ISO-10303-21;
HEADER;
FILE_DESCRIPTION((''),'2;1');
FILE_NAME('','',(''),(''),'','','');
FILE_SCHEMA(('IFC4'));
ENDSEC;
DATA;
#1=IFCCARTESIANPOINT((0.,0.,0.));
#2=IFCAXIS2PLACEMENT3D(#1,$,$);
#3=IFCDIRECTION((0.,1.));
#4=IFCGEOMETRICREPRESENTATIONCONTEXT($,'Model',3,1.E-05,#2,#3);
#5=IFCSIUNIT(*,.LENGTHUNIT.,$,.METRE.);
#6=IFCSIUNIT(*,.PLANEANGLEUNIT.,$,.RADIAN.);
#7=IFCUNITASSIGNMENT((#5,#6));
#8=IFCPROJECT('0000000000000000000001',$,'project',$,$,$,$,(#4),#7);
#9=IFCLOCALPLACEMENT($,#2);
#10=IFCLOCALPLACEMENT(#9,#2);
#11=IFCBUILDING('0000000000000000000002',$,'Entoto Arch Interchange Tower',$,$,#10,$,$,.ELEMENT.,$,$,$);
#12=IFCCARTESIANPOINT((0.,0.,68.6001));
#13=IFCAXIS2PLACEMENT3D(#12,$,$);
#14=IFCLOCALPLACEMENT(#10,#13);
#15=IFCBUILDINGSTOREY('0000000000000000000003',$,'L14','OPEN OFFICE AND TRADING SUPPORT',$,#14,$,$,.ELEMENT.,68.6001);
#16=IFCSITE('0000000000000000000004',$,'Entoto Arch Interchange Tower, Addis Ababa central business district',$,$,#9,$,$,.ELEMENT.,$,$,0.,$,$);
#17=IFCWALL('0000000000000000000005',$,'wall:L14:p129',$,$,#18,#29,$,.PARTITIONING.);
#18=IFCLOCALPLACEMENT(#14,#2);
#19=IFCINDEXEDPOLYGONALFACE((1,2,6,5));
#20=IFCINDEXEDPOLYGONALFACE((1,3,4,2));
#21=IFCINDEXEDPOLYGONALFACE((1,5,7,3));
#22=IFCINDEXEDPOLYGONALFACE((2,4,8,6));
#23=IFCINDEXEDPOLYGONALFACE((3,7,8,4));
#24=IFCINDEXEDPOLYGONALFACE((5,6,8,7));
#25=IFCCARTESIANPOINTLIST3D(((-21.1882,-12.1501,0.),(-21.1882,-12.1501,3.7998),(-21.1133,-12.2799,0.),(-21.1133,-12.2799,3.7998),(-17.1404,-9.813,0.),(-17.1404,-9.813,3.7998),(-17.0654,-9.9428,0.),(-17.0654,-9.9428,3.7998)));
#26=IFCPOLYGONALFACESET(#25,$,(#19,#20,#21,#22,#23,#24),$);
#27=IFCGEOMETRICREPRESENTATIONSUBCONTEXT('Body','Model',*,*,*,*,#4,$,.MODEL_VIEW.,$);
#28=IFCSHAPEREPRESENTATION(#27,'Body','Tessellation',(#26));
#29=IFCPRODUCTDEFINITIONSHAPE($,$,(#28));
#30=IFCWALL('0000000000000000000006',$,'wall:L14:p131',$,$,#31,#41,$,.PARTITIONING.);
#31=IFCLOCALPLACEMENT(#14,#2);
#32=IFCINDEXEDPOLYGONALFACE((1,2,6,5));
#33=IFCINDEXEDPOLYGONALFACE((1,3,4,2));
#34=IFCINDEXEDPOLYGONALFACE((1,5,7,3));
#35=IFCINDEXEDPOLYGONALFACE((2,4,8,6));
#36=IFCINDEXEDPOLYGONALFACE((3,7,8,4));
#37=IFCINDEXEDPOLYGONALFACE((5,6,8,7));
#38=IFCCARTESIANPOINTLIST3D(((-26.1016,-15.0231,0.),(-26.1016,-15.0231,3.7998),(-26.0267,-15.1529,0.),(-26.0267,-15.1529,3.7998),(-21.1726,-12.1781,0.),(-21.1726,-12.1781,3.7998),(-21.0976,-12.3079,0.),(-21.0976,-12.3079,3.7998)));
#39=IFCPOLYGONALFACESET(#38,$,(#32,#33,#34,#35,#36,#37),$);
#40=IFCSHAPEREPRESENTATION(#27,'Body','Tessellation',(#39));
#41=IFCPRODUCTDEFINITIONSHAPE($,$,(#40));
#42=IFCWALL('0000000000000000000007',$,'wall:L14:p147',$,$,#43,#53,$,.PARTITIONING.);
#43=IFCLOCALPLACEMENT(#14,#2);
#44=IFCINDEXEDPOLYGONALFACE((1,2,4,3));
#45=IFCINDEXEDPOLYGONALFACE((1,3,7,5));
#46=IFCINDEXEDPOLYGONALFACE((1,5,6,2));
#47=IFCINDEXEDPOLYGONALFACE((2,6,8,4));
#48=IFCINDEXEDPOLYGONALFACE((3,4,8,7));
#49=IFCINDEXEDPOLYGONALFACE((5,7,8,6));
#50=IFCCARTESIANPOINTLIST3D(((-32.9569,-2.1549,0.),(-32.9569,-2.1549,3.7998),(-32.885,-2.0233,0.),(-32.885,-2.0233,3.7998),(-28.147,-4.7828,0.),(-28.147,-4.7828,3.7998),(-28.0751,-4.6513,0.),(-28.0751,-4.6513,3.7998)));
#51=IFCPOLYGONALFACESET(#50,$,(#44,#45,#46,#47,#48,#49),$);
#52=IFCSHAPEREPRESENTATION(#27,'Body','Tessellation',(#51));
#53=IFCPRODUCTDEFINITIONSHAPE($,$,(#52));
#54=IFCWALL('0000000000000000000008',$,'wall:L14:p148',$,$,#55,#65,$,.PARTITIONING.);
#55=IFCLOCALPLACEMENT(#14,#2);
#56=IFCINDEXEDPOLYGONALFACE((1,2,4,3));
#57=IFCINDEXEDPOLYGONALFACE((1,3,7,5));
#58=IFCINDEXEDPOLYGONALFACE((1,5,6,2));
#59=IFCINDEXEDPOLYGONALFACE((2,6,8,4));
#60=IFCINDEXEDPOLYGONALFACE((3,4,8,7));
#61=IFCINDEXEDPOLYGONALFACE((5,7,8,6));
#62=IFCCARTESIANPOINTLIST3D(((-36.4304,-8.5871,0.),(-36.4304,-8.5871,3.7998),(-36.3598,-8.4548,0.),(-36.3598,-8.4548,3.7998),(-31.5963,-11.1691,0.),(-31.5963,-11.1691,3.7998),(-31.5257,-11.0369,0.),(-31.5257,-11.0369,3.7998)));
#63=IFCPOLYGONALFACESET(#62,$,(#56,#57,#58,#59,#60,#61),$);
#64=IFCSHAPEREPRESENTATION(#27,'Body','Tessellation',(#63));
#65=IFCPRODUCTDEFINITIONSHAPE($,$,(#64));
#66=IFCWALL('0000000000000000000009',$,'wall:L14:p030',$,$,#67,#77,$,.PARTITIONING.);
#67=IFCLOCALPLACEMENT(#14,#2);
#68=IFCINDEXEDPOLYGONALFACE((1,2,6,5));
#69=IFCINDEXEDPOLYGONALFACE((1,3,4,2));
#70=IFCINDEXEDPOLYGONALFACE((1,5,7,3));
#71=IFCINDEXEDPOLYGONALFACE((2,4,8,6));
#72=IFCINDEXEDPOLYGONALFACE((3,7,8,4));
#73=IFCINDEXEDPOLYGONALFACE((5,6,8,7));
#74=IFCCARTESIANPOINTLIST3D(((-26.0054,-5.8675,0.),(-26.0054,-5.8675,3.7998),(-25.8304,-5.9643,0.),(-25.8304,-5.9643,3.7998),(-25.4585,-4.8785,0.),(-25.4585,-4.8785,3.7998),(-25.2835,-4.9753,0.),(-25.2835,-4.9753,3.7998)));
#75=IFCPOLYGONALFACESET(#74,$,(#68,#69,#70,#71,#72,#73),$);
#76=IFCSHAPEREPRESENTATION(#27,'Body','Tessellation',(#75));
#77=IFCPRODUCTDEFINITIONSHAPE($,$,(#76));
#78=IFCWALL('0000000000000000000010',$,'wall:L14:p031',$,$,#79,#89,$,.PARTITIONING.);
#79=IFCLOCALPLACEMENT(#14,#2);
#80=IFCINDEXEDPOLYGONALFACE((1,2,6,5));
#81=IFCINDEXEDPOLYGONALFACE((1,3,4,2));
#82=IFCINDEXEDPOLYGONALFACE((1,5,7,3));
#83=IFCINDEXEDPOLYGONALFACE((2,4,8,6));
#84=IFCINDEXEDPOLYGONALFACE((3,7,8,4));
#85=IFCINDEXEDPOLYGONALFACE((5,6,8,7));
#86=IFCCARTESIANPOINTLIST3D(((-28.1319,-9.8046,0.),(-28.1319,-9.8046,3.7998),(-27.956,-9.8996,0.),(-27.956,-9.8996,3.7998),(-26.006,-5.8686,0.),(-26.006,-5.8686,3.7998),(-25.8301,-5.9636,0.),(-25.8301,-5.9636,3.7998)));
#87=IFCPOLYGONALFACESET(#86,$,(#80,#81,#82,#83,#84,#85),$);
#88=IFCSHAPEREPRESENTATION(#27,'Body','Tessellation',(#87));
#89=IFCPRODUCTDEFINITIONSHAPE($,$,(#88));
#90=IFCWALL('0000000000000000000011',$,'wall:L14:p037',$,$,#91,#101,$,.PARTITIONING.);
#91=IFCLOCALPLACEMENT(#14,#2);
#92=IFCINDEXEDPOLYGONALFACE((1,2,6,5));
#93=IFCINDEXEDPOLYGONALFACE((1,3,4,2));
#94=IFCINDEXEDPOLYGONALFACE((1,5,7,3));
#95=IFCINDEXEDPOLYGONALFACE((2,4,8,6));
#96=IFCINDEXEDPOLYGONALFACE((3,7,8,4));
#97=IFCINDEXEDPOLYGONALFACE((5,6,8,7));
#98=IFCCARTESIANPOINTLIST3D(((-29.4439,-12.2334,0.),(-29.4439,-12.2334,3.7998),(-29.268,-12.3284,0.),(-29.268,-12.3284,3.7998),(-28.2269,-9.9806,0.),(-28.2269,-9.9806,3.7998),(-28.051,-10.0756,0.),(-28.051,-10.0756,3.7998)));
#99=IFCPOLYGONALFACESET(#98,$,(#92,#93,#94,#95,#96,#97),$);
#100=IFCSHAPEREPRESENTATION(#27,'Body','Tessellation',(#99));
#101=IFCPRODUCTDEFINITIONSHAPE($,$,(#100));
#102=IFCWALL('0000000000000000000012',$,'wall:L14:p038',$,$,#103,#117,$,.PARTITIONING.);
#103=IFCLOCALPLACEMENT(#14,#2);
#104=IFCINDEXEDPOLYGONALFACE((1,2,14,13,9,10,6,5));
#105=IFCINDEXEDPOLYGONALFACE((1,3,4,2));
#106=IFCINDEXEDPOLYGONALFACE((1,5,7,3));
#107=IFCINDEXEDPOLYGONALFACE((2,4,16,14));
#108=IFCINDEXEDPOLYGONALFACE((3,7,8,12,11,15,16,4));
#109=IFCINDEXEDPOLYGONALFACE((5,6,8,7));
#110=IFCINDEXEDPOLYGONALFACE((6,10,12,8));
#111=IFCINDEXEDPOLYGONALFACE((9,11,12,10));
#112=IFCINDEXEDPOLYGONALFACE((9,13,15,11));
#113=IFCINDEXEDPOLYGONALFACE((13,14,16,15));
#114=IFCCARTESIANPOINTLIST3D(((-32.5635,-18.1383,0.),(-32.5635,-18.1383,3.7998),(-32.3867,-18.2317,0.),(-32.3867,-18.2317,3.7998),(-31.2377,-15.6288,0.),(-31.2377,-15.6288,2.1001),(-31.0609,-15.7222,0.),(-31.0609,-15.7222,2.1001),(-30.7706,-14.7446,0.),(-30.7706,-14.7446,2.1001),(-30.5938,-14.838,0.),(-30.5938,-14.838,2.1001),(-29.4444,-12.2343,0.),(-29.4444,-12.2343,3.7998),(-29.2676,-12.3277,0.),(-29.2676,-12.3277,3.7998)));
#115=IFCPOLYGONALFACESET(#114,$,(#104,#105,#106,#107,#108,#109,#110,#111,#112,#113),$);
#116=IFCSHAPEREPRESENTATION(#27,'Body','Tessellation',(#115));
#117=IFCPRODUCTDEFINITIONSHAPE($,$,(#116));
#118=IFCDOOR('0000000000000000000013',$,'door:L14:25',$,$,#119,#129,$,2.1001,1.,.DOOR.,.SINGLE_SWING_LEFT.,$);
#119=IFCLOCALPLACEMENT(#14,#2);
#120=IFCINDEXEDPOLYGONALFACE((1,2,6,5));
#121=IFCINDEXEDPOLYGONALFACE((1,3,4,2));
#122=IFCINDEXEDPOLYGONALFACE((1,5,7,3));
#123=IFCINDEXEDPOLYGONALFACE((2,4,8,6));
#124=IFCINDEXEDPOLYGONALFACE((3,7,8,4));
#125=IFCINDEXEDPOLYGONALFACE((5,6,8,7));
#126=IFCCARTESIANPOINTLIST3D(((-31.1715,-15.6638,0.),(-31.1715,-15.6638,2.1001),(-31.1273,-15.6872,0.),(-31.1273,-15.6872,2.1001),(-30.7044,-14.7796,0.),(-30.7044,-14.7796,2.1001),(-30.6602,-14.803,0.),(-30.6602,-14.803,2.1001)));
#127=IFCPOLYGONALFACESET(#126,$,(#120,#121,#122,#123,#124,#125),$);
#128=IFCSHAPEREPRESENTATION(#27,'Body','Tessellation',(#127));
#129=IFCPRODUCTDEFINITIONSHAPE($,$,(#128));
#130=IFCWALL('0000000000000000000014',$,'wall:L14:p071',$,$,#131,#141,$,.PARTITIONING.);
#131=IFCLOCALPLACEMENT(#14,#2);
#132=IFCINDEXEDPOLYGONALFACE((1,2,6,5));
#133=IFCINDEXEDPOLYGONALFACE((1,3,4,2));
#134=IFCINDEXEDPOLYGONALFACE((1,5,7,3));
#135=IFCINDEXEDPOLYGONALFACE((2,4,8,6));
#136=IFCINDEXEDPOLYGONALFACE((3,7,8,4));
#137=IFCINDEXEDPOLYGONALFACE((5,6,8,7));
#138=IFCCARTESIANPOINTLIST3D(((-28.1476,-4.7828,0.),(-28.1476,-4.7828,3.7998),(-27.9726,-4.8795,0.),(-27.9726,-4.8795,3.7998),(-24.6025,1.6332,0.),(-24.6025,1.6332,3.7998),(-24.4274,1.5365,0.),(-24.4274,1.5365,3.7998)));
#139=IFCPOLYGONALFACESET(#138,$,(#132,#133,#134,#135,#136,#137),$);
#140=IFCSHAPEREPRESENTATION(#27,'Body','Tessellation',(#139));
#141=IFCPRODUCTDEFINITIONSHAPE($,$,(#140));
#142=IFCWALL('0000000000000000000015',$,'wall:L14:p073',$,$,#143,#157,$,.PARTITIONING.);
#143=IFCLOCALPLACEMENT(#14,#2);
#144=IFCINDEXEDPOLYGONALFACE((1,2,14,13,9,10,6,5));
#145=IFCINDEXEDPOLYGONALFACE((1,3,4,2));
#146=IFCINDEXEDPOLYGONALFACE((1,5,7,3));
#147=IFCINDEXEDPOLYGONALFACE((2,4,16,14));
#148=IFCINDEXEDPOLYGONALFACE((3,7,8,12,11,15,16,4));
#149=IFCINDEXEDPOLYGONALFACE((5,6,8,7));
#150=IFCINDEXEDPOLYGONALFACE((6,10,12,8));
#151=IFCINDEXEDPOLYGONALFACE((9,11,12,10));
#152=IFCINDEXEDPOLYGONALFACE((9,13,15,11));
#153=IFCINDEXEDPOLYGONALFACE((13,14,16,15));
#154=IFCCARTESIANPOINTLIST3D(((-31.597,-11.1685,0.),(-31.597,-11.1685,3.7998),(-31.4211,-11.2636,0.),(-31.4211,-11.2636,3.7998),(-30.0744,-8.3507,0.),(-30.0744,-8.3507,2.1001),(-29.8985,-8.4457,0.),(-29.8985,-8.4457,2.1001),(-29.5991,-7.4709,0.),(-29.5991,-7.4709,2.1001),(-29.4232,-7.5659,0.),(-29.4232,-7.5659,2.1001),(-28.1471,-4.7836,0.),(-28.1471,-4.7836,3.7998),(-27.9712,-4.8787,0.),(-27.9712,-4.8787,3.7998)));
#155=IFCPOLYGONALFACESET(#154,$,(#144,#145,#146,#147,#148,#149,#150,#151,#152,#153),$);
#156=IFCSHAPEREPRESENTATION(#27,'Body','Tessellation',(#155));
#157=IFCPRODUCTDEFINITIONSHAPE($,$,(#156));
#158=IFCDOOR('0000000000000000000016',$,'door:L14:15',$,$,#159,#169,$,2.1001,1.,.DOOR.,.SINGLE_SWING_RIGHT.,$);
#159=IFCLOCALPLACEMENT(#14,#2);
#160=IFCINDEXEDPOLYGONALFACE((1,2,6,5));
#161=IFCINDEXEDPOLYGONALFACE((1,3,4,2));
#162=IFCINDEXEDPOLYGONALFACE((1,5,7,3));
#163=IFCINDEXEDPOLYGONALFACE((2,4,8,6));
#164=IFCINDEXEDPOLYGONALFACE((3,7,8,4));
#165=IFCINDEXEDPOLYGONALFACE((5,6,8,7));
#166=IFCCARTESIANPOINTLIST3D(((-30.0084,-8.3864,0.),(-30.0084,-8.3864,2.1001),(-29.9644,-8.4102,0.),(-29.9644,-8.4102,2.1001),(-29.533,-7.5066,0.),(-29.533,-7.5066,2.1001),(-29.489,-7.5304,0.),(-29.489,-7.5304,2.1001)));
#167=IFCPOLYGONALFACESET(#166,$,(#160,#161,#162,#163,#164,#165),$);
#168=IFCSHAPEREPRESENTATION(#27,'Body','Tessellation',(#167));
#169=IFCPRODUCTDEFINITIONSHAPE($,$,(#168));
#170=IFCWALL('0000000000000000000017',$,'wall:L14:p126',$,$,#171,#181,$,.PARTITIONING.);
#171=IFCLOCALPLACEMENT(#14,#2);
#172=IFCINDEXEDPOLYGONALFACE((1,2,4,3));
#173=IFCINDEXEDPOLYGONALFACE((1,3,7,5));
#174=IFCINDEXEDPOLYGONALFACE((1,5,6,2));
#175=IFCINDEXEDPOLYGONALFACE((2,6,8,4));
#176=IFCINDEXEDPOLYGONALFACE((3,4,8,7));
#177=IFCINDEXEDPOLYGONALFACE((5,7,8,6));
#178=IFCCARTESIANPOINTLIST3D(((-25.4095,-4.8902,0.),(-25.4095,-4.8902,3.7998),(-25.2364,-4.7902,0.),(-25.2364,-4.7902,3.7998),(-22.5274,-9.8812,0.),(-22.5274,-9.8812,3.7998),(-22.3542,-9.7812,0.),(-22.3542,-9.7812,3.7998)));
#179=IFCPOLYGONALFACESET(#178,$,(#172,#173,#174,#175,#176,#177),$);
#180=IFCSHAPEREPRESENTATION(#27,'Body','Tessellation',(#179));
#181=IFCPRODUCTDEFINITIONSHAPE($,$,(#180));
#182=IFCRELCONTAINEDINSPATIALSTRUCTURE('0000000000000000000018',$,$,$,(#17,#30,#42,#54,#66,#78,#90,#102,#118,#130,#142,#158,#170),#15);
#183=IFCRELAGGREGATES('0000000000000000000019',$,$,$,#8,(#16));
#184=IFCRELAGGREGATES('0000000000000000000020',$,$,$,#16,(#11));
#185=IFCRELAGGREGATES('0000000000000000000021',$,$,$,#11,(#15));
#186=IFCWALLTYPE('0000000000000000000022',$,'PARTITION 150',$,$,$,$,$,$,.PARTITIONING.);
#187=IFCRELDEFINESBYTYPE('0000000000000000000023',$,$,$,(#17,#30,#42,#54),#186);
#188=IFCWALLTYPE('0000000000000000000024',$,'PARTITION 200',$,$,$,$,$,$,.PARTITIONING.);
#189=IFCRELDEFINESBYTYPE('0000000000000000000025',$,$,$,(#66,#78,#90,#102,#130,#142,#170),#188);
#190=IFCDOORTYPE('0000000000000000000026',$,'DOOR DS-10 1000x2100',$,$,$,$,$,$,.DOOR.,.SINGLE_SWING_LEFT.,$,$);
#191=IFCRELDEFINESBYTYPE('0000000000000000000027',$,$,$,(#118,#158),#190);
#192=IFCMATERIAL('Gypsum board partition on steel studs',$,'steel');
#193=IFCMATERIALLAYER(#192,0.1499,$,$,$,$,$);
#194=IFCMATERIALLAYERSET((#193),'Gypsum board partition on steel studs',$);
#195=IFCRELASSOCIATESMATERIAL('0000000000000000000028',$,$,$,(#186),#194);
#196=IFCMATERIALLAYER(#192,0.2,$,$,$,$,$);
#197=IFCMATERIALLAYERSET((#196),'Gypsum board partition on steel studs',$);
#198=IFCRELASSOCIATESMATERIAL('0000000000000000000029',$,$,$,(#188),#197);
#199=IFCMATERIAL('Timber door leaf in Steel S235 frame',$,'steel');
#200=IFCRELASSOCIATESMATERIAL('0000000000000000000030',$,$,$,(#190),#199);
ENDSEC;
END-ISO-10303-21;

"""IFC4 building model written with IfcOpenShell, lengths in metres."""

from ifc_helpers import new_model, si_unit, direction, frame, frame_2d, origin, place, context, subcontext, project, spatial, rectangle, extrude, material, layer, layer_set, type_object, element, fill, save


model = new_model("IFC4")

# Units and contexts
model_context = context("Model", 3, precision=1e-05, world=origin(), true_north=direction((0.0, 1.0)))
body_context = subcontext(model_context, "Body", "Model", "MODEL_VIEW")
ifc_project = project(units=[si_unit("LENGTHUNIT", "METRE"), si_unit("PLANEANGLEUNIT", "RADIAN")], contexts=[model_context])

# Site, building, storey
site_placement = place(None, origin())
site = spatial("IfcSite", under=ifc_project, at=site_placement, Name="Entoto Arch Interchange Tower, Addis Ababa central business district", CompositionType="ELEMENT", RefElevation=0.0)
building_placement = place(site_placement, origin())
building = spatial("IfcBuilding", under=site, at=building_placement, Name="Entoto Arch Interchange Tower", CompositionType="ELEMENT")
storey_placement = place(building_placement, frame((0.0, 0.0, 68.6001)))
storey = spatial("IfcBuildingStorey", under=building, at=storey_placement, Name="L14", Description="OPEN OFFICE AND TRADING SUPPORT", CompositionType="ELEMENT", Elevation=68.6001)

# Walls
ifc_material_1 = material(Name="Gypsum board partition on steel studs", Category="steel")
ifc_layer_1 = layer(ifc_material_1, 0.1499)
ifc_layer_set_1 = layer_set([ifc_layer_1], Name="Gypsum board partition on steel studs")
wall_type_1 = type_object("IfcWallType", Name="PARTITION 150", PredefinedType="PARTITIONING", material=ifc_layer_set_1)
wall_1_placement = place(storey_placement, frame((-17.103, -9.8779, 0.0), z_axis=(0.0, 0.0, 1.0), x_axis=(-0.866013, -0.500021, 0.0)))
element("IfcWall", 1, at=wall_1_placement, inside=storey, type_object=wall_type_1, Name="wall:L14:p129", PredefinedType="PARTITIONING", context=body_context, shape_type="SweptSolid", body=[
    extrude(rectangle(XDim=4.6741, YDim=0.1499, at=frame_2d((2.3369, 0.0))), origin(), (0.0, 0.0, 1.0), 3.7998),
])
wall_2_placement = place(storey_placement, frame((-21.135, -12.2429, 0.0), z_axis=(0.0, 0.0, 1.0), x_axis=(-0.866083, -0.499899, 0.0)))
element("IfcWall", 2, at=wall_2_placement, inside=storey, type_object=wall_type_1, Name="wall:L14:p131", PredefinedType="PARTITIONING", context=body_context, shape_type="SweptSolid", body=[
    extrude(rectangle(XDim=5.6912, YDim=0.1499, at=frame_2d((2.8457, 0.0))), origin(), (0.0, 0.0, 1.0), 3.7998),
])
wall_3_placement = place(storey_placement, frame((-28.1111, -4.717, 0.0), z_axis=(0.0, 0.0, 1.0), x_axis=(-0.877558, 0.47947, 0.0)))
element("IfcWall", 3, at=wall_3_placement, inside=storey, type_object=wall_type_1, Name="wall:L14:p147", PredefinedType="PARTITIONING", context=body_context, shape_type="SweptSolid", body=[
    extrude(rectangle(XDim=5.481, YDim=0.1499, at=frame_2d((2.7405, 0.0))), origin(), (0.0, 0.0, 1.0), 3.7998),
])
wall_4_placement = place(storey_placement, frame((-31.561, -11.103, 0.0), z_axis=(0.0, 0.0, 1.0), x_axis=(-0.882057, 0.471143, 0.0)))
element("IfcWall", 4, at=wall_4_placement, inside=storey, type_object=wall_type_1, Name="wall:L14:p148", PredefinedType="PARTITIONING", context=body_context, shape_type="SweptSolid", body=[
    extrude(rectangle(XDim=5.4805, YDim=0.1499, at=frame_2d((2.7402, 0.0))), origin(), (0.0, 0.0, 1.0), 3.7998),
])
ifc_layer_2 = layer(ifc_material_1, 0.2)
ifc_layer_set_2 = layer_set([ifc_layer_2], Name="Gypsum board partition on steel studs")
wall_type_2 = type_object("IfcWallType", Name="PARTITION 200", PredefinedType="PARTITIONING", material=ifc_layer_set_2)
wall_5_placement = place(storey_placement, frame((-25.3711, -4.927, 0.0), z_axis=(0.0, 0.0, 1.0), x_axis=(-0.483899, -0.875124, 0.0)))
element("IfcWall", 5, at=wall_5_placement, inside=storey, type_object=wall_type_2, Name="wall:L14:p030", PredefinedType="PARTITIONING", context=body_context, shape_type="SweptSolid", body=[
    extrude(rectangle(XDim=1.1301, YDim=0.2, at=frame_2d((0.5649, 0.0))), origin(), (0.0, 0.0, 1.0), 3.7998),
])
wall_6_placement = place(storey_placement, frame((-25.918, -5.916, 0.0), z_axis=(0.0, 0.0, 1.0), x_axis=(-0.475238, -0.879857, 0.0)))
element("IfcWall", 6, at=wall_6_placement, inside=storey, type_object=wall_type_2, Name="wall:L14:p031", PredefinedType="PARTITIONING", context=body_context, shape_type="SweptSolid", body=[
    extrude(rectangle(XDim=4.4734, YDim=0.2, at=frame_2d((2.2368, 0.0))), origin(), (0.0, 0.0, 1.0), 3.7998),
])
wall_7_placement = place(storey_placement, frame((-28.1389, -10.0281, 0.0), z_axis=(0.0, 0.0, 1.0), x_axis=(-0.475288, -0.87983, 0.0)))
element("IfcWall", 7, at=wall_7_placement, inside=storey, type_object=wall_type_2, Name="wall:L14:p037", PredefinedType="PARTITIONING", context=body_context, shape_type="SweptSolid", body=[
    extrude(rectangle(XDim=2.5605, YDim=0.2, at=frame_2d((1.2803, 0.0))), origin(), (0.0, 0.0, 1.0), 3.7998),
])

# Wall, opening, door
wall_8_placement = place(storey_placement, frame((-29.356, -12.281, 0.0), z_axis=(0.0, 0.0, 1.0), x_axis=(-0.467123, -0.884192, 0.0)))
wall_8 = element("IfcWall", 8, at=wall_8_placement, inside=storey, type_object=wall_type_2, Name="wall:L14:p038", PredefinedType="PARTITIONING", context=body_context, shape_type="SweptSolid", body=[
    extrude(rectangle(XDim=6.6772, YDim=0.2, at=frame_2d((3.3386, 0.0))), origin(), (0.0, 0.0, 1.0), 3.7998),
])
opening_1_placement = place(wall_8_placement, frame((2.8391, 0.0, 0.0)))
opening_1 = element("IfcOpeningElement", 9, at=opening_1_placement, cuts=wall_8, PredefinedType="OPENING", context=body_context, shape_type="SweptSolid", body=[
    extrude(rectangle(XDim=1.0, YDim=2.1001, at=frame_2d((0.5, 1.05))), frame((0.0, 0.1099, 0.0), z_axis=(0.0, -1.0, 0.0), x_axis=(1.0, 0.0, 0.0)), (0.0, 0.0, 1.0), 0.22),
])
ifc_material_2 = material(Name="Timber door leaf in Steel S235 frame", Category="steel")
door_type = type_object("IfcDoorType", Name="DOOR DS-10 1000x2100", OperationType="SINGLE_SWING_LEFT", PredefinedType="DOOR", material=ifc_material_2)
door_1_placement = place(opening_1_placement, origin())
door_1 = element("IfcDoor", 10, at=door_1_placement, inside=storey, type_object=door_type, Name="door:L14:25", OperationType="SINGLE_SWING_LEFT", OverallHeight=2.1001, OverallWidth=1.0, PredefinedType="DOOR", context=body_context, shape_type="SweptSolid", body=[
    extrude(rectangle(XDim=1.0, YDim=2.1001, at=frame_2d((0.5, 1.05))), frame((0.0, 0.0249, 0.0), z_axis=(0.0, -1.0, 0.0), x_axis=(1.0, 0.0, 0.0)), (0.0, 0.0, 1.0), 0.05),
])
fill(opening_1, door_1)

# Wall
wall_9_placement = place(storey_placement, frame((-28.0601, -4.8311, 0.0), z_axis=(0.0, 0.0, 1.0), x_axis=(0.483631, 0.875272, 0.0)))
element("IfcWall", 11, at=wall_9_placement, inside=storey, type_object=wall_type_2, Name="wall:L14:p071", PredefinedType="PARTITIONING", context=body_context, shape_type="SweptSolid", body=[
    extrude(rectangle(XDim=7.3303, YDim=0.2, at=frame_2d((3.665, 0.0))), origin(), (0.0, 0.0, 1.0), 3.7998),
])

# Wall, opening, door
wall_10_placement = place(storey_placement, frame((-31.509, -11.2161, 0.0), z_axis=(0.0, 0.0, 1.0), x_axis=(0.475367, 0.879788, 0.0)))
wall_10 = element("IfcWall", 12, at=wall_10_placement, inside=storey, type_object=wall_type_2, Name="wall:L14:p073", PredefinedType="PARTITIONING", context=body_context, shape_type="SweptSolid", body=[
    extrude(rectangle(XDim=7.2573, YDim=0.2, at=frame_2d((3.6287, 0.0))), origin(), (0.0, 0.0, 1.0), 3.7998),
])
opening_2_placement = place(wall_10_placement, frame((3.2029, 0.0, 0.0)))
opening_2 = element("IfcOpeningElement", 13, at=opening_2_placement, cuts=wall_10, PredefinedType="OPENING", context=body_context, shape_type="SweptSolid", body=[
    extrude(rectangle(XDim=1.0, YDim=2.1001, at=frame_2d((0.5, 1.05))), frame((0.0, 0.1099, 0.0), z_axis=(0.0, -1.0, 0.0), x_axis=(1.0, 0.0, 0.0)), (0.0, 0.0, 1.0), 0.22),
])
door_2_placement = place(opening_2_placement, origin())
door_2 = element("IfcDoor", 14, at=door_2_placement, inside=storey, type_object=door_type, Name="door:L14:15", OperationType="SINGLE_SWING_RIGHT", OverallHeight=2.1001, OverallWidth=1.0, PredefinedType="DOOR", context=body_context, shape_type="SweptSolid", body=[
    extrude(rectangle(XDim=1.0, YDim=2.1001, at=frame_2d((0.5, 1.05))), frame((0.0, 0.0249, 0.0), z_axis=(0.0, -1.0, 0.0), x_axis=(1.0, 0.0, 0.0)), (0.0, 0.0, 1.0), 0.05),
])
fill(opening_2, door_2)

# Wall
wall_11_placement = place(storey_placement, frame((-25.323, -4.8401, 0.0), z_axis=(0.0, 0.0, 1.0), x_axis=(0.500071, -0.865985, 0.0)))
element("IfcWall", 15, at=wall_11_placement, inside=storey, type_object=wall_type_2, Name="wall:L14:p126", PredefinedType="PARTITIONING", context=body_context, shape_type="SweptSolid", body=[
    extrude(rectangle(XDim=5.7634, YDim=0.2, at=frame_2d((2.8818, 0.0))), origin(), (0.0, 0.0, 1.0), 3.7998),
])

save(model, "model.ifc")
